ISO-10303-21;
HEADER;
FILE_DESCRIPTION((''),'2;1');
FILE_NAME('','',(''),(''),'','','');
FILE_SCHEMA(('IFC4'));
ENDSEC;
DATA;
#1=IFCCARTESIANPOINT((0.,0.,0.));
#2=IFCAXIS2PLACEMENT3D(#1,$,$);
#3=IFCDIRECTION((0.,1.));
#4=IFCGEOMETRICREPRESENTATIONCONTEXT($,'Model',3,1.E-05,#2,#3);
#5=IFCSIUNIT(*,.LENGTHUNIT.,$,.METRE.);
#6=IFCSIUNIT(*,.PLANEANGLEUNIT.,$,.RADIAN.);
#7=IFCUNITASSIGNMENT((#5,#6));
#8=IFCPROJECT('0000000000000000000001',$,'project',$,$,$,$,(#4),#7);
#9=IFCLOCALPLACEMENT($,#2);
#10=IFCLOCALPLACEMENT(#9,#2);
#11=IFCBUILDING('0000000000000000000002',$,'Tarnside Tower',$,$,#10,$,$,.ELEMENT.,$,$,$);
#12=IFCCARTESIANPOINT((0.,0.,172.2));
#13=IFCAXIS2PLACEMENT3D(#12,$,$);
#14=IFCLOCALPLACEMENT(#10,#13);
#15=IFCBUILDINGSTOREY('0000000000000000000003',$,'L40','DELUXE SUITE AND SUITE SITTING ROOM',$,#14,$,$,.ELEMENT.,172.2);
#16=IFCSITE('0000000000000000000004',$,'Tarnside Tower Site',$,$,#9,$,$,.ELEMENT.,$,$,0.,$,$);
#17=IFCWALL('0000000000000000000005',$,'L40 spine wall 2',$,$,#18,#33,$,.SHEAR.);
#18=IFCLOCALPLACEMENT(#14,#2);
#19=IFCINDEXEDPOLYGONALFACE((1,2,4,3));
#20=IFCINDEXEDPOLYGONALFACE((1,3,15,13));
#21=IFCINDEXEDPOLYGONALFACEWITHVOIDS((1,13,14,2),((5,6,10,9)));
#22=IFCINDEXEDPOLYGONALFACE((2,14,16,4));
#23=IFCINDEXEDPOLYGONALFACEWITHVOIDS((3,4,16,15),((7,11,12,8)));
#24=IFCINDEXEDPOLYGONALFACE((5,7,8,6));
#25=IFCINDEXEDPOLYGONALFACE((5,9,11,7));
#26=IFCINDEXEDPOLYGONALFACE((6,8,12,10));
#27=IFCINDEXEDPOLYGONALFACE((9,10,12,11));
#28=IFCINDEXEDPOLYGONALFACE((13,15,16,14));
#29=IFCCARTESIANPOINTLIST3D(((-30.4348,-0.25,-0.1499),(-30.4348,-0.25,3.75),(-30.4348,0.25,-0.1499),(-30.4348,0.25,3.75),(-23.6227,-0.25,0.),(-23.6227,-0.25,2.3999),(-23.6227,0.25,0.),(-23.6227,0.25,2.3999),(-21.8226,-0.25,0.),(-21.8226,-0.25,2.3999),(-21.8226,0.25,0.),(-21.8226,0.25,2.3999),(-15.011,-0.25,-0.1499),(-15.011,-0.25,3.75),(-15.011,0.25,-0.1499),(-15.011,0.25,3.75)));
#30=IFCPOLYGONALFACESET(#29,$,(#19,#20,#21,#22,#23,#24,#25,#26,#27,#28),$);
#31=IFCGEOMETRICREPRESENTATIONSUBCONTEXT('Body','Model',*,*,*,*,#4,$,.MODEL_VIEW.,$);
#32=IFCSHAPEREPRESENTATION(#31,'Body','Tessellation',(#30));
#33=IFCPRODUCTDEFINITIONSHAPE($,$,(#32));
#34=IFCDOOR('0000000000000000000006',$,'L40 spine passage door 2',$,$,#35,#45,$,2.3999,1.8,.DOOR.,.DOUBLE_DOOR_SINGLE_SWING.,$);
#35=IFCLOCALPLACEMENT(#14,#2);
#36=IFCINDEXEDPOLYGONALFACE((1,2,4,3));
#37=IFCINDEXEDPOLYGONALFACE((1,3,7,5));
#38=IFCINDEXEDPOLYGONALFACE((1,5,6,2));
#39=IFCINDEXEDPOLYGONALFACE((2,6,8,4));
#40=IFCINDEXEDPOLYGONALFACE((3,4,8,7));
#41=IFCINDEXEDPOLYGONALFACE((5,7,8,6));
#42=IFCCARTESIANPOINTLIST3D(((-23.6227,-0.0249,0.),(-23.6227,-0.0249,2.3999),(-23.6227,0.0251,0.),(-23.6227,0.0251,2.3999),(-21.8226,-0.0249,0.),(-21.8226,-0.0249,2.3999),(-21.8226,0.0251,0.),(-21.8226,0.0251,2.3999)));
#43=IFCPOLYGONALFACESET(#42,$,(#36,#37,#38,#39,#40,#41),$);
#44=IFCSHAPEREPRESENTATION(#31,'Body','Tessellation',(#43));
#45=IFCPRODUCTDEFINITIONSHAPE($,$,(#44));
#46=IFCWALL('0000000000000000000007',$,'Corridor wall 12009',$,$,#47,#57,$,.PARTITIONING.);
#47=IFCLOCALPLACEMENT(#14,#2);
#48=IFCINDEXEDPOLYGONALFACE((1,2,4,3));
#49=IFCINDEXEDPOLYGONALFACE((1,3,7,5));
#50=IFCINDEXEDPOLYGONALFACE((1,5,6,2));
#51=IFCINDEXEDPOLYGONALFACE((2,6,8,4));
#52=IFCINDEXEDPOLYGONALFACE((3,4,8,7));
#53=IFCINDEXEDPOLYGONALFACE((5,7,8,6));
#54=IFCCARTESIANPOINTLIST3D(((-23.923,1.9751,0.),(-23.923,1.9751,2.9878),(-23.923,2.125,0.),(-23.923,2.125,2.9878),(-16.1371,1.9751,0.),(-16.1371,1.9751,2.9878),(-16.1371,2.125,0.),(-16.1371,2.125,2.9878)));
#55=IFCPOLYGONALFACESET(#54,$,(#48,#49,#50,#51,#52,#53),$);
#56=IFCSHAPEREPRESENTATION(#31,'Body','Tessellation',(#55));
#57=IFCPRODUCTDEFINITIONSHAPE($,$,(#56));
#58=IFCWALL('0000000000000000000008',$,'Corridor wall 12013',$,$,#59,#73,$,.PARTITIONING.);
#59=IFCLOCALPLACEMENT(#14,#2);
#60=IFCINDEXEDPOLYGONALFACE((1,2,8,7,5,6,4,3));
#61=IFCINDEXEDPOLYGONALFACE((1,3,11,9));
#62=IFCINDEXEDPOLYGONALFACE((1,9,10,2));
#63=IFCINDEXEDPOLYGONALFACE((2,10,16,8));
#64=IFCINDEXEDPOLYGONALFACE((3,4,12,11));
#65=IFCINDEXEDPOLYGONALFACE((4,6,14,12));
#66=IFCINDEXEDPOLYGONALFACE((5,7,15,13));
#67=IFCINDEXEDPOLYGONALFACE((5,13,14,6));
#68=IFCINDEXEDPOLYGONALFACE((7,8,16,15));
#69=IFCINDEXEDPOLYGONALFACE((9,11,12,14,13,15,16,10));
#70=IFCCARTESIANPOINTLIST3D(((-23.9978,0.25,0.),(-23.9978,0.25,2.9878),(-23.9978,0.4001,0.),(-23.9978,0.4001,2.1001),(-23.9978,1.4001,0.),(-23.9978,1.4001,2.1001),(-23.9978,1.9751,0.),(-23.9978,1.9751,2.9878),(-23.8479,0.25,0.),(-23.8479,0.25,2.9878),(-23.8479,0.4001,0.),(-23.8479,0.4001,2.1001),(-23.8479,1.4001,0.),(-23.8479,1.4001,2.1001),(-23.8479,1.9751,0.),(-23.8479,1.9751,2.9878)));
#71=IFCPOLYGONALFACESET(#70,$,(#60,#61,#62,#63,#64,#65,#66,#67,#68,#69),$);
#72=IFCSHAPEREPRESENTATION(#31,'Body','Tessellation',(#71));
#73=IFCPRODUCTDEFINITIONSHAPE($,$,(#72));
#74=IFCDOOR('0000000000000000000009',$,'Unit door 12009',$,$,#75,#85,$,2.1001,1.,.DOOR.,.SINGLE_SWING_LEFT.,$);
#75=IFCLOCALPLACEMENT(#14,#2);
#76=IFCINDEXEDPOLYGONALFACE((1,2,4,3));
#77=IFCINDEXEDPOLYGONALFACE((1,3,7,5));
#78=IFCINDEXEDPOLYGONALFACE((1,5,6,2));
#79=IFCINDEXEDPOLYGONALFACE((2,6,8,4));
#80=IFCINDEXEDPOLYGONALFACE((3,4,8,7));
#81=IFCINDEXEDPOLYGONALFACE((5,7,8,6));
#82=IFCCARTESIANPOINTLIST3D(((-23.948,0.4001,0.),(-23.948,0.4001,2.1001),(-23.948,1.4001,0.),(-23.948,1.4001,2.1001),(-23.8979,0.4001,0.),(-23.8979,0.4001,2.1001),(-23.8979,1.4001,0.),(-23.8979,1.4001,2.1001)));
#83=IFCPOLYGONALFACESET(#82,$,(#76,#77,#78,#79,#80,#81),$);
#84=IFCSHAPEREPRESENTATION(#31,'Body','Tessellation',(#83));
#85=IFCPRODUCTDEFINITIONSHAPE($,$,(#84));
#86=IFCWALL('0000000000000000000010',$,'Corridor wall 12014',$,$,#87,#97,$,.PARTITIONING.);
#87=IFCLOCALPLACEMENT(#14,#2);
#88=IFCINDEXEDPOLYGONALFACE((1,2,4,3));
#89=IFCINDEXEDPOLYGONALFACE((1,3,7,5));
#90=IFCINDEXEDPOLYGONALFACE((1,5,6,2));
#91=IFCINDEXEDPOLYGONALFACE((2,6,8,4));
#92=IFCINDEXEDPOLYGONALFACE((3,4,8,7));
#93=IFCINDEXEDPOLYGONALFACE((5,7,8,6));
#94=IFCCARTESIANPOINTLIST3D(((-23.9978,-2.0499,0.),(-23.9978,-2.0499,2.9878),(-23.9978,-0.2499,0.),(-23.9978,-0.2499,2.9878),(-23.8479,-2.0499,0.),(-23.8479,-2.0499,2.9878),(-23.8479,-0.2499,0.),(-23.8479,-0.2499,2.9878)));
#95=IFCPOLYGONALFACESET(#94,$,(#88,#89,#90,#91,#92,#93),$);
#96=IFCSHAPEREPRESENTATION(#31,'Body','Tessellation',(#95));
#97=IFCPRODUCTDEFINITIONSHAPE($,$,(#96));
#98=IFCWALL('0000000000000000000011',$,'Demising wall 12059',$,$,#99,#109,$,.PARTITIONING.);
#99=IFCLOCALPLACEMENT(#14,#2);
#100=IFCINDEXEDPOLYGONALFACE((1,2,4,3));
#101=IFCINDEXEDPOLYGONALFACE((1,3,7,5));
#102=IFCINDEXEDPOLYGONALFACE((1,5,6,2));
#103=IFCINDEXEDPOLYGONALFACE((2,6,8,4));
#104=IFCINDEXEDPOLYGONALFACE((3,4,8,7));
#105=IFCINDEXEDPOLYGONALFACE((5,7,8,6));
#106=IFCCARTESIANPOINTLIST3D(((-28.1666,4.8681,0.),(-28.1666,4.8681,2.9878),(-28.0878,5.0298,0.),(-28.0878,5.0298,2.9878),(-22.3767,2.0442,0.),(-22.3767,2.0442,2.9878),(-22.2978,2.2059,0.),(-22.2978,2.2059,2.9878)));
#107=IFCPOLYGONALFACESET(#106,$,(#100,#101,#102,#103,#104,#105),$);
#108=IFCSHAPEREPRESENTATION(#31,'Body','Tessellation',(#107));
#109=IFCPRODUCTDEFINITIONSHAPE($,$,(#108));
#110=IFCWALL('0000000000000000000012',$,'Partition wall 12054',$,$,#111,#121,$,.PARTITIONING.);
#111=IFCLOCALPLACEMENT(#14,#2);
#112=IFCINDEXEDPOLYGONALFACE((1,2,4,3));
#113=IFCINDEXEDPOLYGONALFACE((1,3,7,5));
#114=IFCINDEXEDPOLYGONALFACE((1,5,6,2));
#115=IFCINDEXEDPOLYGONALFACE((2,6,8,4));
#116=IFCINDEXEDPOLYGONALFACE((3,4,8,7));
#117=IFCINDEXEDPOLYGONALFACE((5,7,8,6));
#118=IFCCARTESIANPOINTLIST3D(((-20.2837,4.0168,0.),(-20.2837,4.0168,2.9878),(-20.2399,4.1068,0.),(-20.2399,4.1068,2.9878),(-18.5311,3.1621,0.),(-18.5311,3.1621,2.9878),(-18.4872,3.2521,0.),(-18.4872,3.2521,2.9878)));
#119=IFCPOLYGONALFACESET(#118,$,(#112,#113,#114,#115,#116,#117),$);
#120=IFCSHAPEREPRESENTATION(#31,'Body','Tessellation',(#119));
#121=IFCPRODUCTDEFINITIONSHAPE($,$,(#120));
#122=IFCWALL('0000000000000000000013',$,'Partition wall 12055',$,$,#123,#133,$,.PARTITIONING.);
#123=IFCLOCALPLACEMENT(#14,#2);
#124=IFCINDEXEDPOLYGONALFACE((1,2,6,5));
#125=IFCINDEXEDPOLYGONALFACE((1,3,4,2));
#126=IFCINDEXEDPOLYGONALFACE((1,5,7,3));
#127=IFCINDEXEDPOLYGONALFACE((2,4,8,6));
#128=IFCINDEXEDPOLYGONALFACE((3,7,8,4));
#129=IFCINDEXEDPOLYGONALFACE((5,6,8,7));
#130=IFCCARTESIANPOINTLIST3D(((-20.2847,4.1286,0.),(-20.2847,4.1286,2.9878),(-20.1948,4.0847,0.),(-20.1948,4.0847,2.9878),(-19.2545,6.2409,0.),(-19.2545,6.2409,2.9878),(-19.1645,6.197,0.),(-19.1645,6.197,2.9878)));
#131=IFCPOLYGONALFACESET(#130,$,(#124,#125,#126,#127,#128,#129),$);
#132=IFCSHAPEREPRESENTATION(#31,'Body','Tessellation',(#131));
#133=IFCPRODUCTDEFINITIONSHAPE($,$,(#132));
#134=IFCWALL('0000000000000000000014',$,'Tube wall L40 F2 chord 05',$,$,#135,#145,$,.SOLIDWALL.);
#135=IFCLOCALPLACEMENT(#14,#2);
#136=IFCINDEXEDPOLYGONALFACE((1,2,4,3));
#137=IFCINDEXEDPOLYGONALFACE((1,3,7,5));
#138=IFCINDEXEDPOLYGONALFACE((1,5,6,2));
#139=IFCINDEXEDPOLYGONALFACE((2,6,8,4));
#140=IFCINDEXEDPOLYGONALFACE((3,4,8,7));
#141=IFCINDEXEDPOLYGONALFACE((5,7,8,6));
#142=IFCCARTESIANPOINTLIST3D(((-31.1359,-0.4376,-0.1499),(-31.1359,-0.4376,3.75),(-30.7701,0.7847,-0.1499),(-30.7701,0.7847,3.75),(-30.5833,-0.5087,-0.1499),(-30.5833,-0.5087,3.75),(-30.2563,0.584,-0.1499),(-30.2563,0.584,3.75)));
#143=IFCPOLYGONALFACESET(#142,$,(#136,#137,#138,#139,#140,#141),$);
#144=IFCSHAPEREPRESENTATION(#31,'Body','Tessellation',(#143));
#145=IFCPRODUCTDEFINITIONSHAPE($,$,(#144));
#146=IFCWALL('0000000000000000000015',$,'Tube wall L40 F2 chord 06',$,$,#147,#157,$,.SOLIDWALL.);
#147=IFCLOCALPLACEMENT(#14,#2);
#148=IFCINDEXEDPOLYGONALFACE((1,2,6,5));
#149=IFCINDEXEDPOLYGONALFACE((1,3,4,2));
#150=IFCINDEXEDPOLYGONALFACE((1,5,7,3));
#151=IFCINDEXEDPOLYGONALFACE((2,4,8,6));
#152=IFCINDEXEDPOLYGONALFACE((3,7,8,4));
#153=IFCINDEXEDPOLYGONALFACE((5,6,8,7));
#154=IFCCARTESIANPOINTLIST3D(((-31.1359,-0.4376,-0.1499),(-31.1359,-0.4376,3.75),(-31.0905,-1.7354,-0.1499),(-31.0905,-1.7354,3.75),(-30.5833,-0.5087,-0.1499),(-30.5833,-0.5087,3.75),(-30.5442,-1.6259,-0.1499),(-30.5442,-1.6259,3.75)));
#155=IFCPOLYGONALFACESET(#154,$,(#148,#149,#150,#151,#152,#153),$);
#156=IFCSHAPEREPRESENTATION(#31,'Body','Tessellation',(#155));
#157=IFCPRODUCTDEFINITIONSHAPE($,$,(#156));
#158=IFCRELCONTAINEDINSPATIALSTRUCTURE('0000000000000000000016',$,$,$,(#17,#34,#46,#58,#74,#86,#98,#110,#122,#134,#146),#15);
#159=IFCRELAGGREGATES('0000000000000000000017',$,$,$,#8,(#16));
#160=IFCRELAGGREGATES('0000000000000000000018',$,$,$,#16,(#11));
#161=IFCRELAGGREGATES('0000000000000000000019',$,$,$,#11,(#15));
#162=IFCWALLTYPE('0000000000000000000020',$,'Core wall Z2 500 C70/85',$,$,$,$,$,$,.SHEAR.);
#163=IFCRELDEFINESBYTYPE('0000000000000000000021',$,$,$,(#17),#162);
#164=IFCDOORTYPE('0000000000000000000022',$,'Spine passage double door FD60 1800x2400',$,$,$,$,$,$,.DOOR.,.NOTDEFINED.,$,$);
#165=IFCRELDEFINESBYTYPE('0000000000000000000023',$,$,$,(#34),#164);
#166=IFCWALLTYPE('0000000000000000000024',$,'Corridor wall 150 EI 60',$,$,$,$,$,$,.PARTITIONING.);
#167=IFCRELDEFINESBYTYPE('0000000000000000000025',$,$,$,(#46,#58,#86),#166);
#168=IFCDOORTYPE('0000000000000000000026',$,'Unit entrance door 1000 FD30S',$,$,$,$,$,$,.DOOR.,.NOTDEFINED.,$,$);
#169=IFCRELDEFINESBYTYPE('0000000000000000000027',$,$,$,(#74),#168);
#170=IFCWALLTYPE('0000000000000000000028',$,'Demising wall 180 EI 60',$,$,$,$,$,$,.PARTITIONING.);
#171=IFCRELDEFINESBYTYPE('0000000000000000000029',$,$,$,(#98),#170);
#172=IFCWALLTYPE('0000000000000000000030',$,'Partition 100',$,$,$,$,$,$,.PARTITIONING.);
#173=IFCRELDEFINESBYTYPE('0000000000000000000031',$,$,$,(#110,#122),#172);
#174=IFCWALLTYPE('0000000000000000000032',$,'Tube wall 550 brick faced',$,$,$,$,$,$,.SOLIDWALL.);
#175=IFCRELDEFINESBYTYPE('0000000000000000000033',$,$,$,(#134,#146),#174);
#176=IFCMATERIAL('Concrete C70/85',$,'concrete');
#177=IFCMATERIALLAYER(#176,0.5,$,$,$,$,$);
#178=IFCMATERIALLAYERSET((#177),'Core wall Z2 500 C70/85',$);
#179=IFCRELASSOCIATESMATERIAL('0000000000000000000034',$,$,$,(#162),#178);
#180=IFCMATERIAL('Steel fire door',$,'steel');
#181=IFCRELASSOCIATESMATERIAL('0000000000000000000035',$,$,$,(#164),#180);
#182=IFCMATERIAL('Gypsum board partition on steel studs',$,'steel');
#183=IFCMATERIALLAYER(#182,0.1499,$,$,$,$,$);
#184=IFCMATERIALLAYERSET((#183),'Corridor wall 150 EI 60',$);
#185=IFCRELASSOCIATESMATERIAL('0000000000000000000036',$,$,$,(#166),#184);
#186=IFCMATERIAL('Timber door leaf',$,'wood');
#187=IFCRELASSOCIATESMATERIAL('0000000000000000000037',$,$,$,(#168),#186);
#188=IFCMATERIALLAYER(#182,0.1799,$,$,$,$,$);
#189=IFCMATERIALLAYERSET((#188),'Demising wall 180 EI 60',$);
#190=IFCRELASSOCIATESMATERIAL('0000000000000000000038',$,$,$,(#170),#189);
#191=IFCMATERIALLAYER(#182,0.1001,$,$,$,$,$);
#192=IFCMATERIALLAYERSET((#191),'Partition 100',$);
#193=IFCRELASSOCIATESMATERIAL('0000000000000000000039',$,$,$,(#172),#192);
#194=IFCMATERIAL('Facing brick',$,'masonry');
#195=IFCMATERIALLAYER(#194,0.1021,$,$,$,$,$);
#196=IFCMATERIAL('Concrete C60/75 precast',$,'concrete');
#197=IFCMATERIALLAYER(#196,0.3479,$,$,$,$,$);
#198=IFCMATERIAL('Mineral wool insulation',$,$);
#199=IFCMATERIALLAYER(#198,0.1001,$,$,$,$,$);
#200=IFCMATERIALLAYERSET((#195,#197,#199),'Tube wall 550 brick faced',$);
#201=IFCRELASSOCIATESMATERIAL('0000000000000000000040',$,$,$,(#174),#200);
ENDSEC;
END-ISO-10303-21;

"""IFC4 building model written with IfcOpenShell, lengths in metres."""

from ifc_helpers import new_model, si_unit, direction, frame, frame_2d, origin, place, context, subcontext, project, spatial, polyline, rectangle, outline, extrude, material, layer, layer_set, type_object, element, fill, save


model = new_model("IFC4")

# Units and contexts
model_context = context("Model", 3, precision=1e-05, world=origin(), true_north=direction((0.0, 1.0)))
body_context = subcontext(model_context, "Body", "Model", "MODEL_VIEW")
ifc_project = project(units=[si_unit("LENGTHUNIT", "METRE"), si_unit("PLANEANGLEUNIT", "RADIAN")], contexts=[model_context])

# Site, building, storey
site_placement = place(None, origin())
site = spatial("IfcSite", under=ifc_project, at=site_placement, Name="Tarnside Tower Site", CompositionType="ELEMENT", RefElevation=0.0)
building_placement = place(site_placement, origin())
building = spatial("IfcBuilding", under=site, at=building_placement, Name="Tarnside Tower", CompositionType="ELEMENT")
storey_placement = place(building_placement, frame((0.0, 0.0, 172.2)))
storey = spatial("IfcBuildingStorey", under=building, at=storey_placement, Name="L40", Description="DELUXE SUITE AND SUITE SITTING ROOM", CompositionType="ELEMENT", Elevation=172.2)

# Shared definitions
ifc_material_1 = material(Name="Gypsum board partition on steel studs", Category="steel")

# Wall, opening, door
ifc_material_2 = material(Name="Concrete C70/85", Category="concrete")
ifc_layer_1 = layer(ifc_material_2, 0.5)
ifc_layer_set_1 = layer_set([ifc_layer_1], Name="Core wall Z2 500 C70/85")
wall_type_1 = type_object("IfcWallType", Name="Core wall Z2 500 C70/85", PredefinedType="SHEAR", material=ifc_layer_set_1)
ifc_material_3 = material(Name="Steel fire door", Category="steel")
wall_1_placement = place(storey_placement, frame((-15.011, 0.0, -0.1499), z_axis=(0.0, 0.0, 1.0), x_axis=(-1.0, 0.0, 0.0)))
wall_1 = element("IfcWall", 1, at=wall_1_placement, inside=storey, type_object=wall_type_1, Name="L40 spine wall 2", PredefinedType="SHEAR", context=body_context, shape_type="SweptSolid", body=[
    extrude(rectangle(XDim=15.4238, YDim=0.5, at=frame_2d((7.7119, 0.0))), origin(), (0.0, 0.0, 1.0), 3.8999),
])
opening_1_placement = place(wall_1_placement, frame((6.8118, 0.0, 0.1499)))
opening_1 = element("IfcOpeningElement", 2, at=opening_1_placement, cuts=wall_1, PredefinedType="OPENING", context=body_context, shape_type="SweptSolid", body=[
    extrude(rectangle(XDim=1.8, YDim=2.3999, at=frame_2d((0.8999, 1.2))), frame((0.0, 0.26, 0.0), z_axis=(0.0, -1.0, 0.0), x_axis=(1.0, 0.0, 0.0)), (0.0, 0.0, 1.0), 0.52),
])
door_type_1 = type_object("IfcDoorType", Name="Spine passage double door FD60 1800x2400", OperationType="NOTDEFINED", PredefinedType="DOOR", material=ifc_material_3)
door_1_placement = place(opening_1_placement, origin())
door_1 = element("IfcDoor", 3, at=door_1_placement, inside=storey, type_object=door_type_1, Name="L40 spine passage door 2", OperationType="DOUBLE_DOOR_SINGLE_SWING", OverallHeight=2.3999, OverallWidth=1.8, PredefinedType="DOOR", context=body_context, shape_type="SweptSolid", body=[
    extrude(rectangle(XDim=1.8, YDim=2.3999, at=frame_2d((0.8999, 1.2))), frame((0.0, 0.0249, 0.0), z_axis=(0.0, -1.0, 0.0), x_axis=(1.0, 0.0, 0.0)), (0.0, 0.0, 1.0), 0.05),
])
fill(opening_1, door_1)

# Wall
ifc_layer_2 = layer(ifc_material_1, 0.1499)
ifc_layer_set_2 = layer_set([ifc_layer_2], Name="Corridor wall 150 EI 60")
wall_type_2 = type_object("IfcWallType", Name="Corridor wall 150 EI 60", PredefinedType="PARTITIONING", material=ifc_layer_set_2)
wall_2_placement = place(storey_placement, frame((-16.137, 2.05, 0.0), z_axis=(0.0, 0.0, 1.0), x_axis=(-1.0, 0.0, 0.0)))
element("IfcWall", 4, at=wall_2_placement, inside=storey, type_object=wall_type_2, Name="Corridor wall 12009", PredefinedType="PARTITIONING", context=body_context, shape_type="SweptSolid", body=[
    extrude(rectangle(XDim=7.7859, YDim=0.1499, at=frame_2d((3.8931, 0.0))), origin(), (0.0, 0.0, 1.0), 2.9878),
])

# Wall, opening, door
wall_3_placement = place(storey_placement, frame((-23.9229, 1.9751, 0.0), z_axis=(0.0, 0.0, 1.0), x_axis=(0.0, -1.0, 0.0)))
wall_3 = element("IfcWall", 5, at=wall_3_placement, inside=storey, type_object=wall_type_2, Name="Corridor wall 12013", PredefinedType="PARTITIONING", context=body_context, shape_type="SweptSolid", body=[
    extrude(rectangle(XDim=1.7251, YDim=0.1499, at=frame_2d((0.8625, 0.0))), origin(), (0.0, 0.0, 1.0), 2.9878),
])
opening_2_placement = place(wall_3_placement, frame((0.575, 0.0, 0.0)))
opening_2 = element("IfcOpeningElement", 6, at=opening_2_placement, cuts=wall_3, PredefinedType="OPENING", context=body_context, shape_type="SweptSolid", body=[
    extrude(rectangle(XDim=1.0, YDim=2.1001, at=frame_2d((0.5, 1.05))), frame((0.0, 0.085, 0.0), z_axis=(0.0, -1.0, 0.0), x_axis=(1.0, 0.0, 0.0)), (0.0, 0.0, 1.0), 0.1699),
])
ifc_material_4 = material(Name="Timber door leaf", Category="wood")
door_type_2 = type_object("IfcDoorType", Name="Unit entrance door 1000 FD30S", OperationType="NOTDEFINED", PredefinedType="DOOR", material=ifc_material_4)
door_2_placement = place(opening_2_placement, origin())
door_2 = element("IfcDoor", 7, at=door_2_placement, inside=storey, type_object=door_type_2, Name="Unit door 12009", OperationType="SINGLE_SWING_LEFT", OverallHeight=2.1001, OverallWidth=1.0, PredefinedType="DOOR", context=body_context, shape_type="SweptSolid", body=[
    extrude(rectangle(XDim=1.0, YDim=2.1001, at=frame_2d((0.5, 1.05))), frame((0.0, 0.0249, 0.0), z_axis=(0.0, -1.0, 0.0), x_axis=(1.0, 0.0, 0.0)), (0.0, 0.0, 1.0), 0.05),
])
fill(opening_2, door_2)

# Walls
wall_4_placement = place(storey_placement, frame((-23.9229, -0.25, 0.0), z_axis=(0.0, 0.0, 1.0), x_axis=(0.0, -1.0, 0.0)))
element("IfcWall", 8, at=wall_4_placement, inside=storey, type_object=wall_type_2, Name="Corridor wall 12014", PredefinedType="PARTITIONING", context=body_context, shape_type="SweptSolid", body=[
    extrude(rectangle(XDim=1.8, YDim=0.1499, at=frame_2d((0.8999, 0.0))), origin(), (0.0, 0.0, 1.0), 2.9878),
])
ifc_layer_3 = layer(ifc_material_1, 0.1799)
ifc_layer_set_3 = layer_set([ifc_layer_3], Name="Demising wall 180 EI 60")
wall_type_3 = type_object("IfcWallType", Name="Demising wall 180 EI 60", PredefinedType="PARTITIONING", material=ifc_layer_set_3)
wall_5_placement = place(storey_placement, frame((-28.1272, 4.949, 0.0), z_axis=(0.0, 0.0, 1.0), x_axis=(0.898795, -0.438369, 0.0)))
element("IfcWall", 9, at=wall_5_placement, inside=storey, type_object=wall_type_3, Name="Demising wall 12059", PredefinedType="PARTITIONING", context=body_context, shape_type="SweptSolid", body=[
    extrude(rectangle(XDim=6.4419, YDim=0.1799, at=frame_2d((3.2209, 0.0))), origin(), (0.0, 0.0, 1.0), 2.9878),
])
ifc_layer_4 = layer(ifc_material_1, 0.1001)
ifc_layer_set_4 = layer_set([ifc_layer_4], Name="Partition 100")
wall_type_4 = type_object("IfcWallType", Name="Partition 100", PredefinedType="PARTITIONING", material=ifc_layer_set_4)
wall_6_placement = place(storey_placement, frame((-18.509, 3.207, 0.0), z_axis=(0.0, 0.0, 1.0), x_axis=(-0.898815, 0.438327, 0.0)))
element("IfcWall", 10, at=wall_6_placement, inside=storey, type_object=wall_type_4, Name="Partition wall 12054", PredefinedType="PARTITIONING", context=body_context, shape_type="SweptSolid", body=[
    extrude(rectangle(XDim=1.95, YDim=0.1001, at=frame_2d((0.9751, 0.0))), origin(), (0.0, 0.0, 1.0), 2.9878),
])
wall_7_placement = place(storey_placement, frame((-20.2397, 4.1067, 0.0), z_axis=(0.0, 0.0, 1.0), x_axis=(0.438383, 0.898788, 0.0)))
element("IfcWall", 11, at=wall_7_placement, inside=storey, type_object=wall_type_4, Name="Partition wall 12055", PredefinedType="PARTITIONING", context=body_context, shape_type="SweptSolid", body=[
    extrude(rectangle(XDim=2.3501, YDim=0.1001, at=frame_2d((1.175, 0.0))), origin(), (0.0, 0.0, 1.0), 2.9878),
])
ifc_material_5 = material(Name="Facing brick", Category="masonry")
ifc_layer_5 = layer(ifc_material_5, 0.1021)
ifc_material_6 = material(Name="Concrete C60/75 precast", Category="concrete")
ifc_layer_6 = layer(ifc_material_6, 0.3479)
ifc_material_7 = material(Name="Mineral wool insulation")
ifc_layer_7 = layer(ifc_material_7, 0.1001)
ifc_layer_set_5 = layer_set([ifc_layer_5, ifc_layer_6, ifc_layer_7], Name="Tube wall 550 brick faced")
wall_type_5 = type_object("IfcWallType", Name="Tube wall 550 brick faced", PredefinedType="SOLIDWALL", material=ifc_layer_set_5)
wall_8_placement = place(storey_placement, frame((-30.5132, 0.6843, -0.1499), z_axis=(0.0, 0.0, 1.0), x_axis=(-0.286736, -0.95801, 0.0)))
element("IfcWall", 12, at=wall_8_placement, inside=storey, type_object=wall_type_5, Name="Tube wall L40 F2 chord 05", PredefinedType="SOLIDWALL", context=body_context, shape_type="SweptSolid", body=[
    extrude(outline(polyline([(-0.0225, -0.2749), (1.2534, -0.2749), (1.1631, 0.2749), (0.0225, 0.2749), (-0.0225, -0.2749)])), origin(), (0.0, 0.0, 1.0), 3.8999),
])
wall_9_placement = place(storey_placement, frame((-30.8596, -0.4731, -0.1499), z_axis=(0.0, 0.0, 1.0), x_axis=(0.034956, -0.999389, 0.0)))
element("IfcWall", 13, at=wall_9_placement, inside=storey, type_object=wall_type_5, Name="Tube wall L40 F2 chord 06", PredefinedType="SOLIDWALL", context=body_context, shape_type="SweptSolid", body=[
    extrude(outline(polyline([(-0.0452, -0.2749), (1.2534, -0.2749), (1.1631, 0.2749), (0.0452, 0.2749), (-0.0452, -0.2749)])), origin(), (0.0, 0.0, 1.0), 3.8999),
])

save(model, "model.ifc")
